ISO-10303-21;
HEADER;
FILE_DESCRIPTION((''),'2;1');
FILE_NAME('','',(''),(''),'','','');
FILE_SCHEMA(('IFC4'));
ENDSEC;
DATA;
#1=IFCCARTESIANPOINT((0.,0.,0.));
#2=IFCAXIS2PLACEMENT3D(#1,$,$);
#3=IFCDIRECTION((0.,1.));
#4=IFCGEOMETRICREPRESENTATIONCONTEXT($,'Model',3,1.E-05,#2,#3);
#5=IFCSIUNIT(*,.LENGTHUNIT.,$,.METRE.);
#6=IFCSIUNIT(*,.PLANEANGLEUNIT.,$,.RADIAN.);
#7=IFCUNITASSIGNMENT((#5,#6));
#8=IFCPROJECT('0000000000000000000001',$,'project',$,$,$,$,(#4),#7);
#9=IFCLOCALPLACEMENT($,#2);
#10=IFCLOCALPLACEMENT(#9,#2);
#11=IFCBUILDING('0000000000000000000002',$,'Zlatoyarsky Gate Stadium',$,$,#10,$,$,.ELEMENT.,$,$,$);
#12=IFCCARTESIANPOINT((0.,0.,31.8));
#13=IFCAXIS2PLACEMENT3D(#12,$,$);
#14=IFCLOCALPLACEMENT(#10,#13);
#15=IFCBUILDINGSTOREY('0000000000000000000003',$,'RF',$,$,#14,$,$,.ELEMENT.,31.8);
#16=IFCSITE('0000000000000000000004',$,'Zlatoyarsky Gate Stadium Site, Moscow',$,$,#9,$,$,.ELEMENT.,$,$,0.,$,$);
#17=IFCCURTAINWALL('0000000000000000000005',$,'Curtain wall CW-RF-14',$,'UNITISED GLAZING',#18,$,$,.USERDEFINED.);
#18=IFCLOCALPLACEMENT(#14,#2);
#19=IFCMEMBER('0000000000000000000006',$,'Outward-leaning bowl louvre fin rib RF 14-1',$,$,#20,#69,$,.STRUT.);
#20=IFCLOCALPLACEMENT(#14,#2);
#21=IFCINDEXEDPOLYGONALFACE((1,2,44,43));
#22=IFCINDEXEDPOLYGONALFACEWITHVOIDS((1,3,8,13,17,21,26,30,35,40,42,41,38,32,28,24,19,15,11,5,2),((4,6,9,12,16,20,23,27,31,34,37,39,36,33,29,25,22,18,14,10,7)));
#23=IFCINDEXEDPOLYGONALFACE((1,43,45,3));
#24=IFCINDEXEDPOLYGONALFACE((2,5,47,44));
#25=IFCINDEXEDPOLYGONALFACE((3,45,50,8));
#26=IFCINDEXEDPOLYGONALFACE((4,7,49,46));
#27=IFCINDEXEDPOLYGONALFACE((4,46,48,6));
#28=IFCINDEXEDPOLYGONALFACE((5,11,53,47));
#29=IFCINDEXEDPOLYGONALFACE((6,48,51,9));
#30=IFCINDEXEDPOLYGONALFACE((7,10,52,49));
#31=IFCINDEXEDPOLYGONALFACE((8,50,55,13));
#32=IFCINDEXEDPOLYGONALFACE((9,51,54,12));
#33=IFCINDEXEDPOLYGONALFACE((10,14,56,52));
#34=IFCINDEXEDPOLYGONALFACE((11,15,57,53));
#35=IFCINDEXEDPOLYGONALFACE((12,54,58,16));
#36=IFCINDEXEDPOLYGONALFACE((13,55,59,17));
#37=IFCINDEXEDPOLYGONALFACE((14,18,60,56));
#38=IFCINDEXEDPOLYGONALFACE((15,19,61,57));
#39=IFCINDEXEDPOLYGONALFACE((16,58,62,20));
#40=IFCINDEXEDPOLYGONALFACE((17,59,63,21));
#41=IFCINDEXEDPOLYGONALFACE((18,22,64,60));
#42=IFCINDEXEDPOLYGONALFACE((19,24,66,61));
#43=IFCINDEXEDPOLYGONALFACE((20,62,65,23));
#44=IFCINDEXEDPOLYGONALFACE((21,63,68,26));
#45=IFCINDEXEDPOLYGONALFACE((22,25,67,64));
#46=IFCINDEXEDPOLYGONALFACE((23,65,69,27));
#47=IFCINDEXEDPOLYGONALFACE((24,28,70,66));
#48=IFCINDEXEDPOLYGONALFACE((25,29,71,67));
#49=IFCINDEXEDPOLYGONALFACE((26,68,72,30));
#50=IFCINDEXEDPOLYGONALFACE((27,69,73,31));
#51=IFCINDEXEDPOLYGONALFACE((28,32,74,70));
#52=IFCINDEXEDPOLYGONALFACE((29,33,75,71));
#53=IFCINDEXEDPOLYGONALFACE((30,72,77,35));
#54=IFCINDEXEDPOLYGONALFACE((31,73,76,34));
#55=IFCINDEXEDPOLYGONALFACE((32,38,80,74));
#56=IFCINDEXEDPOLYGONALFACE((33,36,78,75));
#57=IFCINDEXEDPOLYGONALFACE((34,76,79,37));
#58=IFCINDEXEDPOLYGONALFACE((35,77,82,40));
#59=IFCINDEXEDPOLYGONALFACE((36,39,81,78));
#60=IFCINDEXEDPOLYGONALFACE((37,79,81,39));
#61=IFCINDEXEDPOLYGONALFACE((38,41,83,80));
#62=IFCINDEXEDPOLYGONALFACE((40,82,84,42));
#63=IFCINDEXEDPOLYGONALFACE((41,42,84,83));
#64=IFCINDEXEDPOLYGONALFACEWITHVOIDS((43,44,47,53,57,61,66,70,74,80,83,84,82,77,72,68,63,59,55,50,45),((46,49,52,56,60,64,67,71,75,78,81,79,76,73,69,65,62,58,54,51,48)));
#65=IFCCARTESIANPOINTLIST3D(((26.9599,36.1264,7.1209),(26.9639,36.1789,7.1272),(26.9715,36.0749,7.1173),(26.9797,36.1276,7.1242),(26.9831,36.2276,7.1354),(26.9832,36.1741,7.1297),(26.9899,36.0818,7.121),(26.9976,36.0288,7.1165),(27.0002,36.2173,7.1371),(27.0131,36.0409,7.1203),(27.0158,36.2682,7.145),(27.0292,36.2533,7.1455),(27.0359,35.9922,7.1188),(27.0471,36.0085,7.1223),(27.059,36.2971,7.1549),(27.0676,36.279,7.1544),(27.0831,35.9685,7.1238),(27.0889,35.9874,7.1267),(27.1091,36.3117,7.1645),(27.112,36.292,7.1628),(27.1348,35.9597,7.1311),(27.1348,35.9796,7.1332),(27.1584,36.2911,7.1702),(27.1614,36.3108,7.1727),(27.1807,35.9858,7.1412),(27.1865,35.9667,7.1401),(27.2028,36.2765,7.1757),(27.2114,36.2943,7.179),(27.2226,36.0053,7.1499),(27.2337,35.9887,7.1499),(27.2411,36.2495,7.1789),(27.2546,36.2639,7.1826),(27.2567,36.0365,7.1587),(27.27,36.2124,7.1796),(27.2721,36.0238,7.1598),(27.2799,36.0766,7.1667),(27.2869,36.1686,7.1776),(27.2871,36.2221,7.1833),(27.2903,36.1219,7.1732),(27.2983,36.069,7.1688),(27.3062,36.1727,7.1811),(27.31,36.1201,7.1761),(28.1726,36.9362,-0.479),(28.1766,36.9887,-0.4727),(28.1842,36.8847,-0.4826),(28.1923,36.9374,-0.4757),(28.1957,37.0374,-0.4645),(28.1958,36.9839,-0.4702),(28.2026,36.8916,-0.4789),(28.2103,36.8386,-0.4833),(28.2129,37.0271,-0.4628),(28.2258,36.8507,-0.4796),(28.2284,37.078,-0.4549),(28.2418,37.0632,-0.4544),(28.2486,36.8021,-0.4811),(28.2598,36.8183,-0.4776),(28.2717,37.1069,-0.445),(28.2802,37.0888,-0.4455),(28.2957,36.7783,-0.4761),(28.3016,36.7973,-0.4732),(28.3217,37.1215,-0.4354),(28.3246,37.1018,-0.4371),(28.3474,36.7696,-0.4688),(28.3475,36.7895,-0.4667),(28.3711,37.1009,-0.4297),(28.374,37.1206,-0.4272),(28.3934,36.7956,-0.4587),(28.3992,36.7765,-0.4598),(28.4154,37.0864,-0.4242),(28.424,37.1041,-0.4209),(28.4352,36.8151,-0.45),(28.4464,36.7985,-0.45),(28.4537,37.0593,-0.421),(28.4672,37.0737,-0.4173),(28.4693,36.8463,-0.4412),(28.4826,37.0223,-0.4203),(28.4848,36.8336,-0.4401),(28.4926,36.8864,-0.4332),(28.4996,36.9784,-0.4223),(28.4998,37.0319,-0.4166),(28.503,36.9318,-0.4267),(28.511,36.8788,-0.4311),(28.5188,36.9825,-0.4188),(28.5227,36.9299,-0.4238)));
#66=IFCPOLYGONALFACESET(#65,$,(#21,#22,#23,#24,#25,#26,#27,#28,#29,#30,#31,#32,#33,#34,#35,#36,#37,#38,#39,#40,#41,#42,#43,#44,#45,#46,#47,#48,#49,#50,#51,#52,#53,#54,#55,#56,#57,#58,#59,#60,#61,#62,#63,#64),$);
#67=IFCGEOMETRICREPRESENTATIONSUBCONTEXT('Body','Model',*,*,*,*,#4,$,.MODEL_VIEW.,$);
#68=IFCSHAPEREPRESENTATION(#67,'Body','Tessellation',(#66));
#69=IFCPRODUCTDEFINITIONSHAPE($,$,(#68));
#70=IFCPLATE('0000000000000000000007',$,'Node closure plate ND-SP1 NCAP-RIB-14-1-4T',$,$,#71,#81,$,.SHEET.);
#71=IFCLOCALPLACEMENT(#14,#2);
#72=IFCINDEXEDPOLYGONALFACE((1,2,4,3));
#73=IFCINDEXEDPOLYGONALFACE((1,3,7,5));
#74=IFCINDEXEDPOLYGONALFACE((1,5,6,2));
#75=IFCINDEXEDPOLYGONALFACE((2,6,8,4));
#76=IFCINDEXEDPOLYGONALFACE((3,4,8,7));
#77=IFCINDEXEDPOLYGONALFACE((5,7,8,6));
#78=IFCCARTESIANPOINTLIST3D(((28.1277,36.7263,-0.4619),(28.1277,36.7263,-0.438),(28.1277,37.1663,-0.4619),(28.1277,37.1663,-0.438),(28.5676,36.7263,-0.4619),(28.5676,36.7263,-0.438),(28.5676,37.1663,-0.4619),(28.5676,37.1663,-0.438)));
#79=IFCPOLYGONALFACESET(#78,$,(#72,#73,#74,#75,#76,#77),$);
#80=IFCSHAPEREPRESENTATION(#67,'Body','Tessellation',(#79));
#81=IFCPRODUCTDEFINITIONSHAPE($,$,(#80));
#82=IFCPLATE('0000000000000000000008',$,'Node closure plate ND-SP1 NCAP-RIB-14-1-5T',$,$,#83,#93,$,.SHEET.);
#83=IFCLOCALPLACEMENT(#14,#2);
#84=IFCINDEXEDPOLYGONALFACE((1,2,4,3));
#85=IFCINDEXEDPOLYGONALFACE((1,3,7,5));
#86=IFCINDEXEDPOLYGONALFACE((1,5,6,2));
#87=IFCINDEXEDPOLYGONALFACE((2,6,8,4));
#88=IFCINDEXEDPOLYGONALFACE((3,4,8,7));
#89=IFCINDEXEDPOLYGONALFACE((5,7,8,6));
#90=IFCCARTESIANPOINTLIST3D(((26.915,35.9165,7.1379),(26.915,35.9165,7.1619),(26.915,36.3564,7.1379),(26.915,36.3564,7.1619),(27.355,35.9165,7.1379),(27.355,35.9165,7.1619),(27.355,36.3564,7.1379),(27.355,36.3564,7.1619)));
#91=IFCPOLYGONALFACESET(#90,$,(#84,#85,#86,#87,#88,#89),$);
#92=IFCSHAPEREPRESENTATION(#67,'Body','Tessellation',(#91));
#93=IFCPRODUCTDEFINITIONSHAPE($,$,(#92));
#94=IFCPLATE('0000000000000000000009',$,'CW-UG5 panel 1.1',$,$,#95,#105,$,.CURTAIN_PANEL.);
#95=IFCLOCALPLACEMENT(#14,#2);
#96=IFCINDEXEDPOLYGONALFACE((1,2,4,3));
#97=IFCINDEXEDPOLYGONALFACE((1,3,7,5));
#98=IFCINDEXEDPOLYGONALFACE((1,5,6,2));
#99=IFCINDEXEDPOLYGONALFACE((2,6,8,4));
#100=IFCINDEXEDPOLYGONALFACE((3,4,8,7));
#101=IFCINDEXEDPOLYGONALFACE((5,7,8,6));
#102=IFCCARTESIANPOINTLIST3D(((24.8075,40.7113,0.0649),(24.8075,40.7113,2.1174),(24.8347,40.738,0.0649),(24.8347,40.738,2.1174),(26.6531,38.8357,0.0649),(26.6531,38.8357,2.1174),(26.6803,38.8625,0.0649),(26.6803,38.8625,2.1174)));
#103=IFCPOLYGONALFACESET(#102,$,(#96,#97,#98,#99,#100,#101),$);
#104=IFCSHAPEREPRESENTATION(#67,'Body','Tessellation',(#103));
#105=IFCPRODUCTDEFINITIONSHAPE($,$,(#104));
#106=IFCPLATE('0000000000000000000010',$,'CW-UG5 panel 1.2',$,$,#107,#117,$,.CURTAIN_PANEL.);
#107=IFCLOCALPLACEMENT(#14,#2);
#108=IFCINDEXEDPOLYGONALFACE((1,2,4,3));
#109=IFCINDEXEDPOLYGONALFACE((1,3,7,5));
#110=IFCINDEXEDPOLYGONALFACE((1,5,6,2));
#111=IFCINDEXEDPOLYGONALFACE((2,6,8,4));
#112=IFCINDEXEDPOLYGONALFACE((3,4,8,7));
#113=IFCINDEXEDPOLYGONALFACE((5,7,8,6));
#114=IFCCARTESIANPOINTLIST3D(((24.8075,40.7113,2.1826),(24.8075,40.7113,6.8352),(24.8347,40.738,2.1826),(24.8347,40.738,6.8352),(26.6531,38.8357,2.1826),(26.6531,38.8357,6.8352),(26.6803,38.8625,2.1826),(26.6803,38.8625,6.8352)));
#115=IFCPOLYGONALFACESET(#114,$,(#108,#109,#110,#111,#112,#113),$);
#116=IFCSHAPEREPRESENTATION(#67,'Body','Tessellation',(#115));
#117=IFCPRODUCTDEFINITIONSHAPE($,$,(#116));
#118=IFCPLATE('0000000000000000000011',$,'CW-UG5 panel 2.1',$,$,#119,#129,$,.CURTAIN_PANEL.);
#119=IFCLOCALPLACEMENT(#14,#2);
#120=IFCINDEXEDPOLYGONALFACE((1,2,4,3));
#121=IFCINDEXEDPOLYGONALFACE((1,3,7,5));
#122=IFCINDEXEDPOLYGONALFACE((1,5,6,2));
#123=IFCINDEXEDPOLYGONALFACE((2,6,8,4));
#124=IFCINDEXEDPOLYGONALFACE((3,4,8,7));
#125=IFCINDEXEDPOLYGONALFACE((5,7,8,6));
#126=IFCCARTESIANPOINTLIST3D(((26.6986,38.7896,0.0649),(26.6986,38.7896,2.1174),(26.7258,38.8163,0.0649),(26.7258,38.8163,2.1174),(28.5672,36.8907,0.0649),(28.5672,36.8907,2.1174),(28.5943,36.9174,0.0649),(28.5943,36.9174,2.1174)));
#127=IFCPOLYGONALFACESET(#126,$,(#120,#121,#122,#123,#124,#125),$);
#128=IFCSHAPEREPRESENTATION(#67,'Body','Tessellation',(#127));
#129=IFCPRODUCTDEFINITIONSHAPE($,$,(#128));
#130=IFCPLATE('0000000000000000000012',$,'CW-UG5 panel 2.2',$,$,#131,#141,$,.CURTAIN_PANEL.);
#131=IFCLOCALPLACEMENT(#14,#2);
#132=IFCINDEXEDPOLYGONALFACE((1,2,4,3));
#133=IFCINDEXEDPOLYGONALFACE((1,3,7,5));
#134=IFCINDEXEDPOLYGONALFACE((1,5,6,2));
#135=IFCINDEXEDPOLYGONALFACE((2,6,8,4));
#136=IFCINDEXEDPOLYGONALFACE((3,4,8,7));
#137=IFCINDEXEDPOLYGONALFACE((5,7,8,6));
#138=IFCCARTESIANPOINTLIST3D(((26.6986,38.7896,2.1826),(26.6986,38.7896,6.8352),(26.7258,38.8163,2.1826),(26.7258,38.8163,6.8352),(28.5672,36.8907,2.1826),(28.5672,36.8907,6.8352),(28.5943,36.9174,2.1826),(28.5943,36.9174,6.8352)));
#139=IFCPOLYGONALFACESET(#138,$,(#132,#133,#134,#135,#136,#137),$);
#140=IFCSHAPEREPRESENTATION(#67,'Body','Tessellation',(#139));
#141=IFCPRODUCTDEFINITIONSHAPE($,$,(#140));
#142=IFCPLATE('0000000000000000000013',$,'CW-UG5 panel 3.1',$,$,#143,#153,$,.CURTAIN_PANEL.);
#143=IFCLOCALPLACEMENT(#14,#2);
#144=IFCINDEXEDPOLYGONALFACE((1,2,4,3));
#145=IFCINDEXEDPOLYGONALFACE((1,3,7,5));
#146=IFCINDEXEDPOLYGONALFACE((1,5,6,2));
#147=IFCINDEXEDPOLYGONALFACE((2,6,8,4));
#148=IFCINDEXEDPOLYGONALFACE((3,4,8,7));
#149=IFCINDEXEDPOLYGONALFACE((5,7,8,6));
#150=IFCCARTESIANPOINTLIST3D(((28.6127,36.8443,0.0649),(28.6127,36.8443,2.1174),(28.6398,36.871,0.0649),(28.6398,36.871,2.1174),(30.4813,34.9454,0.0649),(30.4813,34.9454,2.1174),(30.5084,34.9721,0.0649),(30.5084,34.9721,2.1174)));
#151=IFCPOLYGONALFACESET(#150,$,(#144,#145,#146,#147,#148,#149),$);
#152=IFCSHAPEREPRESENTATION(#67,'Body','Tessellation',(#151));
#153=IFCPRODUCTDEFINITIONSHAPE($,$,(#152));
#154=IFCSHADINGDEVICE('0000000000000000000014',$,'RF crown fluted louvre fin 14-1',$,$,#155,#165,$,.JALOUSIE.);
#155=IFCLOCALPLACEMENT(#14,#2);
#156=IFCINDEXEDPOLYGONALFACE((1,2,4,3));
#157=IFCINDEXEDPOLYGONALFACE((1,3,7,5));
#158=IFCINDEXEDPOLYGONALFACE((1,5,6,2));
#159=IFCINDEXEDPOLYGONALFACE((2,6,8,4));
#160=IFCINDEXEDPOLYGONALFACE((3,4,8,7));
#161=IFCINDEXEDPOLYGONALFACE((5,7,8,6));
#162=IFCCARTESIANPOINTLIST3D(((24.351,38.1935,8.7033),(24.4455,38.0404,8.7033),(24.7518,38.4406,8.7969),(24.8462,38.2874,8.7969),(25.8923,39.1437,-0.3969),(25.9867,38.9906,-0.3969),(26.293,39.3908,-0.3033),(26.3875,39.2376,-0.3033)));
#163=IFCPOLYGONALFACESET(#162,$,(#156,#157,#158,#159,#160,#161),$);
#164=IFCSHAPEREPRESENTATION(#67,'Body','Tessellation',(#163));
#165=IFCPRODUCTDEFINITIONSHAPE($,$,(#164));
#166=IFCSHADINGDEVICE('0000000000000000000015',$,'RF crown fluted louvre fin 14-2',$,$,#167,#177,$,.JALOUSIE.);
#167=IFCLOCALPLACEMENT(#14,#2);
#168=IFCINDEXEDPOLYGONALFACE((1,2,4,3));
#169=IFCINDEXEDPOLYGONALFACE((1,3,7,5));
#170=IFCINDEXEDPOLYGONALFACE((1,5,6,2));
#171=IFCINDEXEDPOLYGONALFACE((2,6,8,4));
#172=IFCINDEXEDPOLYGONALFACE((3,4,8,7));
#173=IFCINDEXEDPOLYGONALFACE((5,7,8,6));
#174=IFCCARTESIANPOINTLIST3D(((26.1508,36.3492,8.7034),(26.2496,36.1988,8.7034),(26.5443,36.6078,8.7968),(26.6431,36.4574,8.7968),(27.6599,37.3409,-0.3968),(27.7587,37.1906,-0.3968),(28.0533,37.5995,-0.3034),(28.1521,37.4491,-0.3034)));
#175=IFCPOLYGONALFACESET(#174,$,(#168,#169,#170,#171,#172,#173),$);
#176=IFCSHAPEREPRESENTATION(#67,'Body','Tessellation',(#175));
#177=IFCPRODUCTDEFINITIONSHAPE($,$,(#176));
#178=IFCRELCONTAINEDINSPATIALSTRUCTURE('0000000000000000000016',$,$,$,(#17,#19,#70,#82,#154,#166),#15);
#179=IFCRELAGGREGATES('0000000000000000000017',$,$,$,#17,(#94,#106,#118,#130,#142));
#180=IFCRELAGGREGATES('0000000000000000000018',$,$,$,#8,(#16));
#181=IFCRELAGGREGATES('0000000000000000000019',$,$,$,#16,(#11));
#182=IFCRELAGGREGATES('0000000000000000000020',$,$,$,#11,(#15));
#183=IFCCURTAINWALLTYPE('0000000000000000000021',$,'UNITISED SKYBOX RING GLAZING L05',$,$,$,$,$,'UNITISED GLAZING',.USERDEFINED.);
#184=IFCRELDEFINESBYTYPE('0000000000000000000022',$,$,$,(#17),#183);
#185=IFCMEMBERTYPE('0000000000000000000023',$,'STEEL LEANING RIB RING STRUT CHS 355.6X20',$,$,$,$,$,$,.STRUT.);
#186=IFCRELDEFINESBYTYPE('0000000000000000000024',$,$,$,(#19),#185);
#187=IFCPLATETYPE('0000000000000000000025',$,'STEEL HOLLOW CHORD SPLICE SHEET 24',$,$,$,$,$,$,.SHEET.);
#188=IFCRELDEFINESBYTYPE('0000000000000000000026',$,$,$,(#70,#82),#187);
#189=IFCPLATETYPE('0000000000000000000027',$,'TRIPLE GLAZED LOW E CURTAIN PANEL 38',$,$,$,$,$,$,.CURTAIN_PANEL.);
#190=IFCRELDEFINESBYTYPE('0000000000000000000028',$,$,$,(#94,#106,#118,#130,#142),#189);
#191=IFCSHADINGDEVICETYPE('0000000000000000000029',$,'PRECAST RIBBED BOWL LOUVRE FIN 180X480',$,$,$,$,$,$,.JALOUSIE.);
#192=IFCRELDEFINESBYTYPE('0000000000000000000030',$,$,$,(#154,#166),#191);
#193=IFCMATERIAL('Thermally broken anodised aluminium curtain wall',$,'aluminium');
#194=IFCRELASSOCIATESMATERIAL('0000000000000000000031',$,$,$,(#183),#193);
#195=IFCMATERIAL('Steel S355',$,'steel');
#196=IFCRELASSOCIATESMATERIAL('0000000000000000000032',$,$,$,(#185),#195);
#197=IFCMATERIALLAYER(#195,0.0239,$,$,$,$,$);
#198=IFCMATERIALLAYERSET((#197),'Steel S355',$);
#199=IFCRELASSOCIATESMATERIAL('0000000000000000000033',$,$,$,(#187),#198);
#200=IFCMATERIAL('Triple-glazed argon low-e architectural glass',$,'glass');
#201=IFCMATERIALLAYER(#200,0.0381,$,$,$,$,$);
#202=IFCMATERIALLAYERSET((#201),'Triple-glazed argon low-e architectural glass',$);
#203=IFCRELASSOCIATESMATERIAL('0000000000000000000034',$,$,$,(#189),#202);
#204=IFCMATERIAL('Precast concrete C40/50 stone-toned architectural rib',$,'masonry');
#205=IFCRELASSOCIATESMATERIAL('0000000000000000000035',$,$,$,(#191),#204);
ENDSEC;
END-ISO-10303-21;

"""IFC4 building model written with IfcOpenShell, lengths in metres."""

from ifc_helpers import new_model, si_unit, direction, frame, origin, origin_2d, place, context, subcontext, project, spatial, rectangle, hollow_circle, extrude, material, layer, layer_set, material_profile, profile_set, type_object, element, aggregate, save


model = new_model("IFC4")

# Units and contexts
model_context = context("Model", 3, precision=1e-05, world=origin(), true_north=direction((0.0, 1.0)))
body_context = subcontext(model_context, "Body", "Model", "MODEL_VIEW")
ifc_project = project(units=[si_unit("LENGTHUNIT", "METRE"), si_unit("PLANEANGLEUNIT", "RADIAN")], contexts=[model_context])

# Site, building, storey
site_placement = place(None, origin())
site = spatial("IfcSite", under=ifc_project, at=site_placement, Name="Zlatoyarsky Gate Stadium Site, Moscow", CompositionType="ELEMENT", RefElevation=0.0)
building_placement = place(site_placement, origin())
building = spatial("IfcBuilding", under=site, at=building_placement, Name="Zlatoyarsky Gate Stadium", CompositionType="ELEMENT")
storey_placement = place(building_placement, frame((0.0, 0.0, 31.8)))
storey = spatial("IfcBuildingStorey", under=building, at=storey_placement, Name="RF", CompositionType="ELEMENT", Elevation=31.8)

# Curtain wall
ifc_material_1 = material(Name="Thermally broken anodised aluminium curtain wall", Category="aluminium")
curtain_wall_type = type_object("IfcCurtainWallType", Name="UNITISED SKYBOX RING GLAZING L05", ElementType="UNITISED GLAZING", PredefinedType="USERDEFINED", material=ifc_material_1)
curtain_wall_placement = place(storey_placement, origin())
curtain_wall = element("IfcCurtainWall", 1, at=curtain_wall_placement, inside=storey, type_object=curtain_wall_type, Name="Curtain wall CW-RF-14", ObjectType="UNITISED GLAZING", PredefinedType="USERDEFINED")

# Member
ifc_material_2 = material(Name="Steel S355", Category="steel")
ifc_material_profile_1 = material_profile(ifc_material_2, hollow_circle(Radius=0.1777, WallThickness=0.02, at=origin_2d()), Name="CHS 355.6X20")
ifc_profile_set_1 = profile_set([ifc_material_profile_1], Name="Steel S355")
member_type_1 = type_object("IfcMemberType", Name="STEEL LEANING RIB RING STRUT CHS 355.6X20", PredefinedType="STRUT", material=ifc_profile_set_1)
member_1_placement = place(storey_placement, frame((28.3477, 36.9463, -0.45), z_axis=(-0.156703, -0.104648, 0.982086), x_axis=(0.555357, -0.831612, 0.0)))
element("IfcMember", 2, at=member_1_placement, inside=storey, type_object=member_type_1, Name="Outward-leaning bowl louvre fin rib RF 14-1", PredefinedType="STRUT", context=body_context, shape_type="SweptSolid", body=[
    extrude(hollow_circle(Radius=0.1777, WallThickness=0.02, at=origin_2d()), origin(), (0.0, 0.0, 1.0), 7.7385),
])

# Plates
ifc_layer_1 = layer(ifc_material_2, 0.0239)
ifc_layer_set_1 = layer_set([ifc_layer_1], Name="Steel S355")
plate_type_1 = type_object("IfcPlateType", Name="STEEL HOLLOW CHORD SPLICE SHEET 24", PredefinedType="SHEET", material=ifc_layer_set_1)
for number, where, z_axis, x_axis, name in (
    (3, (28.3477, 36.9463, -0.4619), (0.0, 0.0, 1.0), (1.0, 0.0, 0.0), "Node closure plate ND-SP1 NCAP-RIB-14-1-4T"),
    (4, (27.135, 36.1365, 7.1379), (0.0, 0.0, 1.0), (1.0, 0.0, 0.0), "Node closure plate ND-SP1 NCAP-RIB-14-1-5T"),
):
    element("IfcPlate", number, at=place(storey_placement, frame(where, z_axis=z_axis, x_axis=x_axis)), inside=storey, type_object=plate_type_1, Name=name, PredefinedType="SHEET", context=body_context, shape_type="SweptSolid", body=[
        extrude(rectangle(XDim=0.4399, YDim=0.4399, at=origin_2d()), origin(), (0.0, 0.0, 1.0), 0.0239),
    ])

# Plates
ifc_material_3 = material(Name="Triple-glazed argon low-e architectural glass", Category="glass")
ifc_layer_2 = layer(ifc_material_3, 0.0381)
ifc_layer_set_2 = layer_set([ifc_layer_2], Name="Triple-glazed argon low-e architectural glass")
plate_type_2 = type_object("IfcPlateType", Name="TRIPLE GLAZED LOW E CURTAIN PANEL 38", PredefinedType="CURTAIN_PANEL", material=ifc_layer_set_2)
plate_1_placement = place(storey_placement, frame((25.7439, 39.7869, 0.0649), z_axis=(0.0, 0.0, 1.0), x_axis=(0.701402, -0.712766, 0.0)))
plate_1 = element("IfcPlate", 5, at=plate_1_placement, type_object=plate_type_2, Name="CW-UG5 panel 1.1", PredefinedType="CURTAIN_PANEL", context=body_context, shape_type="SweptSolid", body=[
    extrude(rectangle(XDim=2.6313, YDim=0.0381, at=origin_2d()), origin(), (0.0, 0.0, 1.0), 2.0525),
])
plate_2_placement = place(storey_placement, frame((25.7439, 39.7869, 2.1826), z_axis=(0.0, 0.0, 1.0), x_axis=(0.701402, -0.712766, 0.0)))
plate_2 = element("IfcPlate", 6, at=plate_2_placement, type_object=plate_type_2, Name="CW-UG5 panel 1.2", PredefinedType="CURTAIN_PANEL", context=body_context, shape_type="SweptSolid", body=[
    extrude(rectangle(XDim=2.6313, YDim=0.0381, at=origin_2d()), origin(), (0.0, 0.0, 1.0), 4.6526),
])
plate_3_placement = place(storey_placement, frame((27.6465, 37.8535, 0.0649), z_axis=(0.0, 0.0, 1.0), x_axis=(0.701402, -0.712766, 0.0)))
plate_3 = element("IfcPlate", 7, at=plate_3_placement, type_object=plate_type_2, Name="CW-UG5 panel 2.1", PredefinedType="CURTAIN_PANEL", context=body_context, shape_type="SweptSolid", body=[
    extrude(rectangle(XDim=2.6641, YDim=0.0381, at=origin_2d()), origin(), (0.0, 0.0, 1.0), 2.0525),
])
plate_4_placement = place(storey_placement, frame((27.6465, 37.8535, 2.1826), z_axis=(0.0, 0.0, 1.0), x_axis=(0.701402, -0.712766, 0.0)))
plate_4 = element("IfcPlate", 8, at=plate_4_placement, type_object=plate_type_2, Name="CW-UG5 panel 2.2", PredefinedType="CURTAIN_PANEL", context=body_context, shape_type="SweptSolid", body=[
    extrude(rectangle(XDim=2.6641, YDim=0.0381, at=origin_2d()), origin(), (0.0, 0.0, 1.0), 4.6526),
])
plate_5_placement = place(storey_placement, frame((29.5605, 35.9082, 0.0649), z_axis=(0.0, 0.0, 1.0), x_axis=(0.701402, -0.712766, 0.0)))
plate_5 = element("IfcPlate", 9, at=plate_5_placement, type_object=plate_type_2, Name="CW-UG5 panel 3.1", PredefinedType="CURTAIN_PANEL", context=body_context, shape_type="SweptSolid", body=[
    extrude(rectangle(XDim=2.6641, YDim=0.0381, at=origin_2d()), origin(), (0.0, 0.0, 1.0), 2.0525),
])
aggregate(curtain_wall, [plate_1, plate_2, plate_3, plate_4, plate_5])

# Shading devices
ifc_material_4 = material(Name="Precast concrete C40/50 stone-toned architectural rib", Category="masonry")
ifc_material_profile_2 = material_profile(ifc_material_4, rectangle(XDim=0.1799, YDim=0.48, at=origin_2d()), Name="RIB 180X480")
ifc_profile_set_2 = profile_set([ifc_material_profile_2], Name="Precast concrete C40/50 stone-toned architectural rib")
shading_device_type = type_object("IfcShadingDeviceType", Name="PRECAST RIBBED BOWL LOUVRE FIN 180X480", PredefinedType="JALOUSIE", material=ifc_profile_set_2)
shading_device_1_placement = place(storey_placement, frame((26.1399, 39.1907, -0.3501), z_axis=(-0.166111, -0.102409, 0.980775), x_axis=(0.524789, -0.851232, 0.0)))
element("IfcShadingDevice", 10, at=shading_device_1_placement, inside=storey, type_object=shading_device_type, Name="RF crown fluted louvre fin 14-1", PredefinedType="JALOUSIE", context=body_context, shape_type="SweptSolid", body=[
    extrude(rectangle(XDim=0.1799, YDim=0.48, at=origin_2d()), origin(), (0.0, 0.0, 1.0), 9.2786),
])
shading_device_2_placement = place(storey_placement, frame((27.906, 37.395, -0.3501), z_axis=(-0.162655, -0.106893, 0.980876), x_axis=(0.549197, -0.835693, 0.0)))
element("IfcShadingDevice", 11, at=shading_device_2_placement, inside=storey, type_object=shading_device_type, Name="RF crown fluted louvre fin 14-2", PredefinedType="JALOUSIE", context=body_context, shape_type="SweptSolid", body=[
    extrude(rectangle(XDim=0.1799, YDim=0.48, at=origin_2d()), origin(), (0.0, 0.0, 1.0), 9.2776),
])

save(model, "model.ifc")
